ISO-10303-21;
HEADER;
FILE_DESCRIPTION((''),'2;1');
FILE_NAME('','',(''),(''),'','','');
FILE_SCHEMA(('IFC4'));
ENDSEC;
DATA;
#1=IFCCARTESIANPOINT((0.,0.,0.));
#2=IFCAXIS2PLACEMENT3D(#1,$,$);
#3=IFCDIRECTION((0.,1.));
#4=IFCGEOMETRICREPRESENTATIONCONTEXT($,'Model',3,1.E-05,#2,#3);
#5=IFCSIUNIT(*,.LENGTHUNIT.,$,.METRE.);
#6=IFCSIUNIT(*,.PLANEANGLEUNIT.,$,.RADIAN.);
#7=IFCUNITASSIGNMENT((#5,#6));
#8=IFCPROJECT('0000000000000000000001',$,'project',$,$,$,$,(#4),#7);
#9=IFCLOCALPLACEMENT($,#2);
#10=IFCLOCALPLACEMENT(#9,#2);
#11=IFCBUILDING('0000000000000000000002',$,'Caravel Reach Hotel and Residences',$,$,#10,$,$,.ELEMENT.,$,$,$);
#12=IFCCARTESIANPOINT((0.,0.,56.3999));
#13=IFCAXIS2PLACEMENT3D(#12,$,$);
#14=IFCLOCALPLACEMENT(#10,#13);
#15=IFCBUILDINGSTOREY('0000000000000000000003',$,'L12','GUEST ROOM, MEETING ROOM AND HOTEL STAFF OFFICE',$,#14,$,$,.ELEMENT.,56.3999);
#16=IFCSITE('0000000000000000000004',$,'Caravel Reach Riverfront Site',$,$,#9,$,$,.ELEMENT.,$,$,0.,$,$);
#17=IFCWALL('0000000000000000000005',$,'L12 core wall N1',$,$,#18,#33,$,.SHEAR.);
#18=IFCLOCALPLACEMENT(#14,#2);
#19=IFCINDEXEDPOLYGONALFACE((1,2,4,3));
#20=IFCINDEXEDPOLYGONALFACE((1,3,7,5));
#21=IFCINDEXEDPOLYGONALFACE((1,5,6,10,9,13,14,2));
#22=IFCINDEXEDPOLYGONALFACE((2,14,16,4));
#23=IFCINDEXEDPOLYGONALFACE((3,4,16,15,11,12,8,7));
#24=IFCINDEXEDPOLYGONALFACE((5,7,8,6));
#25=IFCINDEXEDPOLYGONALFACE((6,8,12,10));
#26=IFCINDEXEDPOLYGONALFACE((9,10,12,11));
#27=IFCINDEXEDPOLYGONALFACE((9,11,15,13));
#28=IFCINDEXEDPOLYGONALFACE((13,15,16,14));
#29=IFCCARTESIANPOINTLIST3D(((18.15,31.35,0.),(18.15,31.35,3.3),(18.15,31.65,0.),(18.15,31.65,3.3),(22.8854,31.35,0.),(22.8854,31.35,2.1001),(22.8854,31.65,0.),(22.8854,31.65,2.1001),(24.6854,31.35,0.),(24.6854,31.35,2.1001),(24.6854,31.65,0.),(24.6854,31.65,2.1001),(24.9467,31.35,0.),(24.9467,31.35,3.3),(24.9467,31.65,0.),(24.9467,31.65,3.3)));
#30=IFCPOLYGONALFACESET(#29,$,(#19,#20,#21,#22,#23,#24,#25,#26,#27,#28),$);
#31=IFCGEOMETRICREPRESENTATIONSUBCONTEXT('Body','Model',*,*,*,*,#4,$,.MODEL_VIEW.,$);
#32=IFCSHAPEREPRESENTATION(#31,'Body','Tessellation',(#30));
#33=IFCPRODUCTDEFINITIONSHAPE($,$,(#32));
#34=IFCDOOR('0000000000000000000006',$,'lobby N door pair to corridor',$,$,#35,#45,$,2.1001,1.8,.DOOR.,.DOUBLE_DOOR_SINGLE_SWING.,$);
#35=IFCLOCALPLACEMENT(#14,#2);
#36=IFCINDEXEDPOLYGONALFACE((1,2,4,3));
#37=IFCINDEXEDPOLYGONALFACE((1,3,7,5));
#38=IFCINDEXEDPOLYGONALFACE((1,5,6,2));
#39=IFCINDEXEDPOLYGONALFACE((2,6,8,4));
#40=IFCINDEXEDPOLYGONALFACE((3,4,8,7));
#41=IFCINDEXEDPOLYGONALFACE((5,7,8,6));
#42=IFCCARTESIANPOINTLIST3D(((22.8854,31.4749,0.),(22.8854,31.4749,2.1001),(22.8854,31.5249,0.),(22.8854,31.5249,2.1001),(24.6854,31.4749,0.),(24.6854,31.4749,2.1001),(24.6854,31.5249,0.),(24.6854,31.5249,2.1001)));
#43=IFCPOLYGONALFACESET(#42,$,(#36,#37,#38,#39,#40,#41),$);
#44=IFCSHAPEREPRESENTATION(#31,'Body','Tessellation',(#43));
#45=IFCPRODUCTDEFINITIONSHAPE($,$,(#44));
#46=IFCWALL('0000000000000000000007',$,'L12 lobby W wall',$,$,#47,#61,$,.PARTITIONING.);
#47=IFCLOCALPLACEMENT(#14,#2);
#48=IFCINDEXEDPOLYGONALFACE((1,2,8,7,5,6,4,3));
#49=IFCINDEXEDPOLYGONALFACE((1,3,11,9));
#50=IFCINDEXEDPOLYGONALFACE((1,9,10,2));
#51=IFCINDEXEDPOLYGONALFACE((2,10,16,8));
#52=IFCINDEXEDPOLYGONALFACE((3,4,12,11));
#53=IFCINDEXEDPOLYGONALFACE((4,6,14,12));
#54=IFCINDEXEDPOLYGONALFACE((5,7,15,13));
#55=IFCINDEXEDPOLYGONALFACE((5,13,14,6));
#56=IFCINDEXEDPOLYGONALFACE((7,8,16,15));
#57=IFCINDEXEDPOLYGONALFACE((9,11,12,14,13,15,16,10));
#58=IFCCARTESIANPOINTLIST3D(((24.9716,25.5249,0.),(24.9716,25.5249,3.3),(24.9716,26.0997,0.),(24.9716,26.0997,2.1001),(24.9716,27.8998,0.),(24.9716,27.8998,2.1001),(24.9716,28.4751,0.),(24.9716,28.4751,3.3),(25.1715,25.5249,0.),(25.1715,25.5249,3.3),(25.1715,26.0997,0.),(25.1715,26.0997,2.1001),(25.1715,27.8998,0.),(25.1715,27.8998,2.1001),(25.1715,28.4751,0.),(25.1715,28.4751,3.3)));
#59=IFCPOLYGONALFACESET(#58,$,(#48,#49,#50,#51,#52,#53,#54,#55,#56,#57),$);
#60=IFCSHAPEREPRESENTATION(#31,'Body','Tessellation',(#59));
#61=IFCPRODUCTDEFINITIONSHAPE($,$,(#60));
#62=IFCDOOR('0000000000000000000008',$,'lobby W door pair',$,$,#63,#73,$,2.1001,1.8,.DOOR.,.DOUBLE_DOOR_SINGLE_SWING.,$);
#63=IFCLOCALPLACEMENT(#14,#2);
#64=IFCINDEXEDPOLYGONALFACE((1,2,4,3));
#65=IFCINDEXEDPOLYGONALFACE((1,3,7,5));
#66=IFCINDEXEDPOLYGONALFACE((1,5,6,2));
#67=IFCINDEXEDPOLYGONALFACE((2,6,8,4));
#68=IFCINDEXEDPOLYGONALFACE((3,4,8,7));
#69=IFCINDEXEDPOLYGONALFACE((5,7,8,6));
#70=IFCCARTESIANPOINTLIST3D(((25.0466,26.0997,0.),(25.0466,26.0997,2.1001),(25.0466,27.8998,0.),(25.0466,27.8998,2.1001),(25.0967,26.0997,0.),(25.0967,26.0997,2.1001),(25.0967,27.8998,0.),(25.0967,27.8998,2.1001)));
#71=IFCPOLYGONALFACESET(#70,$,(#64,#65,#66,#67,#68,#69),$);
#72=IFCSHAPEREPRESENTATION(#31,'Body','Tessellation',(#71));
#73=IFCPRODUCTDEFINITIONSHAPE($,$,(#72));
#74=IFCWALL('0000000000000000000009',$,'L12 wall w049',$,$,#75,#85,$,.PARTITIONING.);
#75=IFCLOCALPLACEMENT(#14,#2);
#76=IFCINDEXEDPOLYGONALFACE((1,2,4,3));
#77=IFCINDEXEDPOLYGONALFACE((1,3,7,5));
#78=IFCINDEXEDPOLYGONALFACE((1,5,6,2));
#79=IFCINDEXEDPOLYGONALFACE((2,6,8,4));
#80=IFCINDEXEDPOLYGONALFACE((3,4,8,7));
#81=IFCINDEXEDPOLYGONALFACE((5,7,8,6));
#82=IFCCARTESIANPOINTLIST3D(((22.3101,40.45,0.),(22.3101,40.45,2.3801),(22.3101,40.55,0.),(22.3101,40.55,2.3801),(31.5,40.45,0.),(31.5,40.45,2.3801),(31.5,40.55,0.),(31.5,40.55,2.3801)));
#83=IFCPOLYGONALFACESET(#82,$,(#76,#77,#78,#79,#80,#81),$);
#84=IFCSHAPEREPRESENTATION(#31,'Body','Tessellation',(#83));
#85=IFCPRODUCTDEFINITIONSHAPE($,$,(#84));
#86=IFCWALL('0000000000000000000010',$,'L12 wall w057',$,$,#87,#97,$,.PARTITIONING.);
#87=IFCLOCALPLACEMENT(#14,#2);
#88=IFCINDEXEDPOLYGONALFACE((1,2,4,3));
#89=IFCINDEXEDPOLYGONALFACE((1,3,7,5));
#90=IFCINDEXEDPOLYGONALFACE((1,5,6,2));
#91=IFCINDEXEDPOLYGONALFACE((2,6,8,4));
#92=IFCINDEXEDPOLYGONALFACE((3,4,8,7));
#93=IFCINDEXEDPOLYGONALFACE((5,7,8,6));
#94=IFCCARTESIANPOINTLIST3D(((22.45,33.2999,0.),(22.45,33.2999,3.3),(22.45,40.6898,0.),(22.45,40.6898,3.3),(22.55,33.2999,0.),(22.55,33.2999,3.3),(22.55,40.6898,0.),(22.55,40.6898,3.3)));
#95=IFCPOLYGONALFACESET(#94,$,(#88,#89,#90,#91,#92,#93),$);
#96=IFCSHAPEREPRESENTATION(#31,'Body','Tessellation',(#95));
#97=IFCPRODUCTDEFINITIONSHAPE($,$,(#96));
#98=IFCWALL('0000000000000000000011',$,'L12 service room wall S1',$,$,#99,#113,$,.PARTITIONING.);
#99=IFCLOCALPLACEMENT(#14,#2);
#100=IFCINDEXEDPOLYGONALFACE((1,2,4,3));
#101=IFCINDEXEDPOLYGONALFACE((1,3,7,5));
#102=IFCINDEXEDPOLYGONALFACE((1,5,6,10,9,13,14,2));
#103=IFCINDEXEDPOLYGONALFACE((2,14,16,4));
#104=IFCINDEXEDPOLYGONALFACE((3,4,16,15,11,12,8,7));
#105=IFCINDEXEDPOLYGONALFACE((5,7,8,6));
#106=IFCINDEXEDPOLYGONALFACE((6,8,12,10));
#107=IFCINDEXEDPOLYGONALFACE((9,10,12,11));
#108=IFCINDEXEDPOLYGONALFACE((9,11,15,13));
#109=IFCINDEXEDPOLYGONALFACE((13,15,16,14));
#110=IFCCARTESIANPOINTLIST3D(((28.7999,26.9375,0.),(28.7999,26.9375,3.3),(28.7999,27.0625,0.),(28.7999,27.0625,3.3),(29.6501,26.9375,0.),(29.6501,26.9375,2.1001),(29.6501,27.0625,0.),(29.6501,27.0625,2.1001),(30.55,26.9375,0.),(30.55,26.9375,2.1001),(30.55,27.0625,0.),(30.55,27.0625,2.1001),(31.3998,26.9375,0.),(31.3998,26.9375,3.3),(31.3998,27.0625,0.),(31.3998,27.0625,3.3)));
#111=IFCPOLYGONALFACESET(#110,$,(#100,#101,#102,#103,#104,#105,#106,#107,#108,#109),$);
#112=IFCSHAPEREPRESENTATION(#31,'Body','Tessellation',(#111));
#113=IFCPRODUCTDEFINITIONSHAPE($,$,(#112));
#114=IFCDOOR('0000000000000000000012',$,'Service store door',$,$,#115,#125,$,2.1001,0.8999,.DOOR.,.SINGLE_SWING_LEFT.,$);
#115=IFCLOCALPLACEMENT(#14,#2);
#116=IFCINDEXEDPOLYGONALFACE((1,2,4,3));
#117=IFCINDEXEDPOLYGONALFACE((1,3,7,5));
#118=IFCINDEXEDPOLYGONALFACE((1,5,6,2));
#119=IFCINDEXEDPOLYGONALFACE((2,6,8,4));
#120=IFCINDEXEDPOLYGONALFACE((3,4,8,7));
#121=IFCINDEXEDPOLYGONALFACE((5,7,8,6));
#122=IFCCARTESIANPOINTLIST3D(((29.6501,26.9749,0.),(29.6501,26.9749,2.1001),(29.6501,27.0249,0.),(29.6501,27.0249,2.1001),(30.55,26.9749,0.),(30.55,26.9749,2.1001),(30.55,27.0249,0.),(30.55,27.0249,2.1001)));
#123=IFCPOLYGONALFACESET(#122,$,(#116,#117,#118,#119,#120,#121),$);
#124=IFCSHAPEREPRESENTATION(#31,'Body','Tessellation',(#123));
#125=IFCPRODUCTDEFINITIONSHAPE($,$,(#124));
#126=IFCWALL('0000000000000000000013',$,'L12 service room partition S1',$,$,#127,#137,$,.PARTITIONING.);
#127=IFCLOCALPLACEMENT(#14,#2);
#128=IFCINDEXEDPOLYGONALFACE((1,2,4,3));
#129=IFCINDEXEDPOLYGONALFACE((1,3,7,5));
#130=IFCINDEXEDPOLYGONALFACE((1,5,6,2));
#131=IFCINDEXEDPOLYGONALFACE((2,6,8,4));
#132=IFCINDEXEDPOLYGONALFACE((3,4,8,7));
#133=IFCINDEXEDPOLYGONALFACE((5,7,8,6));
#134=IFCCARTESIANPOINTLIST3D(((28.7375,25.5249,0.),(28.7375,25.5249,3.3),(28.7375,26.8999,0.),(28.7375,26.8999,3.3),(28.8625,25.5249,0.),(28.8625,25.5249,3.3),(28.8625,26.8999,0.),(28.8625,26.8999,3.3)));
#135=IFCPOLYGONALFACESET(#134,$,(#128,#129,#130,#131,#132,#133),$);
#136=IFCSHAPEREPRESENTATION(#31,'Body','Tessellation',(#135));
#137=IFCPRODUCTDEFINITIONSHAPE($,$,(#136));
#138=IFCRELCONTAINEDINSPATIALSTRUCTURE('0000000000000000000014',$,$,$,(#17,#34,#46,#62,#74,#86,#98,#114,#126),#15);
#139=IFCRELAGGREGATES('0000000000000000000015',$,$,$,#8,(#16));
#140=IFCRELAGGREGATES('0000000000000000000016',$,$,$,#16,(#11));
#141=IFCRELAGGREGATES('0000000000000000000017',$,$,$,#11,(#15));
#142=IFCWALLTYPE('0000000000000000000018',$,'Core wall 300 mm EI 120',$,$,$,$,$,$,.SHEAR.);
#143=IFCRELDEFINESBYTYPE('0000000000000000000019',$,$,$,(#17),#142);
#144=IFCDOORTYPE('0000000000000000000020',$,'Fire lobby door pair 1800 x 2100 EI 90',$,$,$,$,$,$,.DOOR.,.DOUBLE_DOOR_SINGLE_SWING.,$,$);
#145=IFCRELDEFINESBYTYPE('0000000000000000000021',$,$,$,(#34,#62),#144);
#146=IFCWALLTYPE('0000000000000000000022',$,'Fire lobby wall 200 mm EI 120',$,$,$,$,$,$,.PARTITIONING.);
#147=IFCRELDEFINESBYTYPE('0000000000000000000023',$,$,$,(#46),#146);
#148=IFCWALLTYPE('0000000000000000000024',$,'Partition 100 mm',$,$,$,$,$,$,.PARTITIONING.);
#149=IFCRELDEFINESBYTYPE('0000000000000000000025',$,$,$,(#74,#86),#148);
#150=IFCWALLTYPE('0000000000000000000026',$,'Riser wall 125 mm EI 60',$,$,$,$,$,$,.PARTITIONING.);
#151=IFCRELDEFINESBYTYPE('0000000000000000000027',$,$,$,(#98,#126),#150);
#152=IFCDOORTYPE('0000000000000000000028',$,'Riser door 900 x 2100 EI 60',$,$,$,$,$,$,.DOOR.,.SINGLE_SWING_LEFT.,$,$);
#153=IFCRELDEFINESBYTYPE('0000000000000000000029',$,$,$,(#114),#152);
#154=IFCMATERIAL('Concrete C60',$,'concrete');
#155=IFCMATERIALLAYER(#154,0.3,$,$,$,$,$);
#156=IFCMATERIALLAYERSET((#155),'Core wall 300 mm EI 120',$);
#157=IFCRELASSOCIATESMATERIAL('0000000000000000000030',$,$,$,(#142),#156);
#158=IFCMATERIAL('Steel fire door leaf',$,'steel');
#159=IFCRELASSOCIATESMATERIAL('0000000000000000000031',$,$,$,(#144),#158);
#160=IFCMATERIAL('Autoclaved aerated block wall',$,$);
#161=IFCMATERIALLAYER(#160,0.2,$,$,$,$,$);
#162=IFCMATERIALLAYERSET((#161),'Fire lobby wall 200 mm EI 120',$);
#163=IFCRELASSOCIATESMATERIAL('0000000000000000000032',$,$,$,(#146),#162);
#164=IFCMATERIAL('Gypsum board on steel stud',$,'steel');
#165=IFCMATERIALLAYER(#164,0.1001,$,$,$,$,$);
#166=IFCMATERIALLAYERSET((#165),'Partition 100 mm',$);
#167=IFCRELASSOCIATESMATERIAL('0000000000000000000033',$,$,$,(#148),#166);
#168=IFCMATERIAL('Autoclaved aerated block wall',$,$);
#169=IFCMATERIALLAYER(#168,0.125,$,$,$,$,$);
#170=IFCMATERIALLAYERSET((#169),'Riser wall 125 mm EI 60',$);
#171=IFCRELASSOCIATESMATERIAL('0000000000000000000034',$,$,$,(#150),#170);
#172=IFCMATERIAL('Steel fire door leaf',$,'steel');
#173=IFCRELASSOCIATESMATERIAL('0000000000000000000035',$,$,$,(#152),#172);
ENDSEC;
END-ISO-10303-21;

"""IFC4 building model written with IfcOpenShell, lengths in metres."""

from ifc_helpers import new_model, si_unit, direction, frame, frame_2d, origin, place, context, subcontext, project, spatial, rectangle, extrude, material, layer, layer_set, type_object, element, fill, save


model = new_model("IFC4")

# Units and contexts
model_context = context("Model", 3, precision=1e-05, world=origin(), true_north=direction((0.0, 1.0)))
body_context = subcontext(model_context, "Body", "Model", "MODEL_VIEW")
ifc_project = project(units=[si_unit("LENGTHUNIT", "METRE"), si_unit("PLANEANGLEUNIT", "RADIAN")], contexts=[model_context])

# Site, building, storey
site_placement = place(None, origin())
site = spatial("IfcSite", under=ifc_project, at=site_placement, Name="Caravel Reach Riverfront Site", CompositionType="ELEMENT", RefElevation=0.0)
building_placement = place(site_placement, origin())
building = spatial("IfcBuilding", under=site, at=building_placement, Name="Caravel Reach Hotel and Residences", CompositionType="ELEMENT")
storey_placement = place(building_placement, frame((0.0, 0.0, 56.3999)))
storey = spatial("IfcBuildingStorey", under=building, at=storey_placement, Name="L12", Description="GUEST ROOM, MEETING ROOM AND HOTEL STAFF OFFICE", CompositionType="ELEMENT", Elevation=56.3999)

# Walls, openings, doors
ifc_material_1 = material(Name="Concrete C60", Category="concrete")
ifc_layer_1 = layer(ifc_material_1, 0.3)
ifc_layer_set_1 = layer_set([ifc_layer_1], Name="Core wall 300 mm EI 120")
wall_type_1 = type_object("IfcWallType", Name="Core wall 300 mm EI 120", PredefinedType="SHEAR", material=ifc_layer_set_1)
wall_1_placement = place(storey_placement, frame((18.1499, 31.5, 0.0), z_axis=(0.0, 0.0, 1.0), x_axis=(1.0, 0.0, 0.0)))
wall_1 = element("IfcWall", 1, at=wall_1_placement, inside=storey, type_object=wall_type_1, Name="L12 core wall N1", PredefinedType="SHEAR", context=body_context, shape_type="SweptSolid", body=[
    extrude(rectangle(XDim=6.7966, YDim=0.3, at=frame_2d((3.3984, 0.0))), origin(), (0.0, 0.0, 1.0), 3.3),
])
opening_1_placement = place(wall_1_placement, frame((4.7356, 0.0, 0.0)))
opening_1 = element("IfcOpeningElement", 2, at=opening_1_placement, cuts=wall_1, PredefinedType="OPENING", context=body_context, shape_type="SweptSolid", body=[
    extrude(rectangle(XDim=1.8, YDim=2.1001, at=frame_2d((0.8999, 1.05))), frame((0.0, 0.1599, 0.0), z_axis=(0.0, -1.0, 0.0), x_axis=(1.0, 0.0, 0.0)), (0.0, 0.0, 1.0), 0.3201),
])
ifc_material_2 = material(Name="Steel fire door leaf", Category="steel")
door_type_1 = type_object("IfcDoorType", Name="Fire lobby door pair 1800 x 2100 EI 90", OperationType="DOUBLE_DOOR_SINGLE_SWING", PredefinedType="DOOR", material=ifc_material_2)
door_1_placement = place(opening_1_placement, origin())
door_1 = element("IfcDoor", 3, at=door_1_placement, inside=storey, type_object=door_type_1, Name="lobby N door pair to corridor", OperationType="DOUBLE_DOOR_SINGLE_SWING", OverallHeight=2.1001, OverallWidth=1.8, PredefinedType="DOOR", context=body_context, shape_type="SweptSolid", body=[
    extrude(rectangle(XDim=1.8, YDim=2.1001, at=frame_2d((0.8999, 1.05))), frame((0.0, 0.0249, 0.0), z_axis=(0.0, -1.0, 0.0), x_axis=(1.0, 0.0, 0.0)), (0.0, 0.0, 1.0), 0.05),
])
fill(opening_1, door_1)
ifc_material_3 = material(Name="Autoclaved aerated block wall")
ifc_layer_2 = layer(ifc_material_3, 0.2)
ifc_layer_set_2 = layer_set([ifc_layer_2], Name="Fire lobby wall 200 mm EI 120")
wall_type_2 = type_object("IfcWallType", Name="Fire lobby wall 200 mm EI 120", PredefinedType="PARTITIONING", material=ifc_layer_set_2)
wall_2_placement = place(storey_placement, frame((25.0715, 25.5249, 0.0), z_axis=(0.0, 0.0, 1.0), x_axis=(0.0, 1.0, 0.0)))
wall_2 = element("IfcWall", 4, at=wall_2_placement, inside=storey, type_object=wall_type_2, Name="L12 lobby W wall", PredefinedType="PARTITIONING", context=body_context, shape_type="SweptSolid", body=[
    extrude(rectangle(XDim=2.9502, YDim=0.2, at=frame_2d((1.4751, 0.0))), origin(), (0.0, 0.0, 1.0), 3.3),
])
opening_2_placement = place(wall_2_placement, frame((0.575, 0.0, 0.0)))
opening_2 = element("IfcOpeningElement", 5, at=opening_2_placement, cuts=wall_2, PredefinedType="OPENING", context=body_context, shape_type="SweptSolid", body=[
    extrude(rectangle(XDim=1.8, YDim=2.1001, at=frame_2d((0.8999, 1.05))), frame((0.0, 0.1099, 0.0), z_axis=(0.0, -1.0, 0.0), x_axis=(1.0, 0.0, 0.0)), (0.0, 0.0, 1.0), 0.22),
])
door_2_placement = place(opening_2_placement, origin())
door_2 = element("IfcDoor", 6, at=door_2_placement, inside=storey, type_object=door_type_1, Name="lobby W door pair", OperationType="DOUBLE_DOOR_SINGLE_SWING", OverallHeight=2.1001, OverallWidth=1.8, PredefinedType="DOOR", context=body_context, shape_type="SweptSolid", body=[
    extrude(rectangle(XDim=1.8, YDim=2.1001, at=frame_2d((0.8999, 1.05))), frame((0.0, 0.0249, 0.0), z_axis=(0.0, -1.0, 0.0), x_axis=(1.0, 0.0, 0.0)), (0.0, 0.0, 1.0), 0.05),
])
fill(opening_2, door_2)

# Walls
ifc_material_4 = material(Name="Gypsum board on steel stud", Category="steel")
ifc_layer_3 = layer(ifc_material_4, 0.1001)
ifc_layer_set_3 = layer_set([ifc_layer_3], Name="Partition 100 mm")
wall_type_3 = type_object("IfcWallType", Name="Partition 100 mm", PredefinedType="PARTITIONING", material=ifc_layer_set_3)
wall_3_placement = place(storey_placement, frame((22.3101, 40.5, 0.0), z_axis=(0.0, 0.0, 1.0), x_axis=(1.0, 0.0, 0.0)))
element("IfcWall", 7, at=wall_3_placement, inside=storey, type_object=wall_type_3, Name="L12 wall w049", PredefinedType="PARTITIONING", context=body_context, shape_type="SweptSolid", body=[
    extrude(rectangle(XDim=9.1899, YDim=0.1001, at=frame_2d((4.595, 0.0))), origin(), (0.0, 0.0, 1.0), 2.3801),
])
wall_4_placement = place(storey_placement, frame((22.5, 33.3, 0.0), z_axis=(0.0, 0.0, 1.0), x_axis=(0.0, 1.0, 0.0)))
element("IfcWall", 8, at=wall_4_placement, inside=storey, type_object=wall_type_3, Name="L12 wall w057", PredefinedType="PARTITIONING", context=body_context, shape_type="SweptSolid", body=[
    extrude(rectangle(XDim=7.3899, YDim=0.1001, at=frame_2d((3.6948, 0.0))), origin(), (0.0, 0.0, 1.0), 3.3),
])

# Wall, opening, door
ifc_material_5 = material(Name="Autoclaved aerated block wall")
ifc_layer_4 = layer(ifc_material_5, 0.125)
ifc_layer_set_4 = layer_set([ifc_layer_4], Name="Riser wall 125 mm EI 60")
wall_type_4 = type_object("IfcWallType", Name="Riser wall 125 mm EI 60", PredefinedType="PARTITIONING", material=ifc_layer_set_4)
wall_5_placement = place(storey_placement, frame((28.8, 27.0, 0.0), z_axis=(0.0, 0.0, 1.0), x_axis=(1.0, 0.0, 0.0)))
wall_5 = element("IfcWall", 9, at=wall_5_placement, inside=storey, type_object=wall_type_4, Name="L12 service room wall S1", PredefinedType="PARTITIONING", context=body_context, shape_type="SweptSolid", body=[
    extrude(rectangle(XDim=2.5999, YDim=0.125, at=frame_2d((1.2998, 0.0))), origin(), (0.0, 0.0, 1.0), 3.3),
])
opening_3_placement = place(wall_5_placement, frame((0.8501, 0.0, 0.0)))
opening_3 = element("IfcOpeningElement", 10, at=opening_3_placement, cuts=wall_5, PredefinedType="OPENING", context=body_context, shape_type="SweptSolid", body=[
    extrude(rectangle(XDim=0.8999, YDim=2.1001, at=frame_2d((0.45, 1.05))), frame((0.0, 0.0725, 0.0), z_axis=(0.0, -1.0, 0.0), x_axis=(1.0, 0.0, 0.0)), (0.0, 0.0, 1.0), 0.145),
])
ifc_material_6 = material(Name="Steel fire door leaf", Category="steel")
door_type_2 = type_object("IfcDoorType", Name="Riser door 900 x 2100 EI 60", OperationType="SINGLE_SWING_LEFT", PredefinedType="DOOR", material=ifc_material_6)
door_3_placement = place(opening_3_placement, origin())
door_3 = element("IfcDoor", 11, at=door_3_placement, inside=storey, type_object=door_type_2, Name="Service store door", OperationType="SINGLE_SWING_LEFT", OverallHeight=2.1001, OverallWidth=0.8999, PredefinedType="DOOR", context=body_context, shape_type="SweptSolid", body=[
    extrude(rectangle(XDim=0.8999, YDim=2.1001, at=frame_2d((0.45, 1.05))), frame((0.0, 0.0249, 0.0), z_axis=(0.0, -1.0, 0.0), x_axis=(1.0, 0.0, 0.0)), (0.0, 0.0, 1.0), 0.05),
])
fill(opening_3, door_3)

# Wall
wall_6_placement = place(storey_placement, frame((28.8, 25.5249, 0.0), z_axis=(0.0, 0.0, 1.0), x_axis=(0.0, 1.0, 0.0)))
element("IfcWall", 12, at=wall_6_placement, inside=storey, type_object=wall_type_4, Name="L12 service room partition S1", PredefinedType="PARTITIONING", context=body_context, shape_type="SweptSolid", body=[
    extrude(rectangle(XDim=1.375, YDim=0.125, at=frame_2d((0.6875, 0.0))), origin(), (0.0, 0.0, 1.0), 3.3),
])

save(model, "model.ifc")
